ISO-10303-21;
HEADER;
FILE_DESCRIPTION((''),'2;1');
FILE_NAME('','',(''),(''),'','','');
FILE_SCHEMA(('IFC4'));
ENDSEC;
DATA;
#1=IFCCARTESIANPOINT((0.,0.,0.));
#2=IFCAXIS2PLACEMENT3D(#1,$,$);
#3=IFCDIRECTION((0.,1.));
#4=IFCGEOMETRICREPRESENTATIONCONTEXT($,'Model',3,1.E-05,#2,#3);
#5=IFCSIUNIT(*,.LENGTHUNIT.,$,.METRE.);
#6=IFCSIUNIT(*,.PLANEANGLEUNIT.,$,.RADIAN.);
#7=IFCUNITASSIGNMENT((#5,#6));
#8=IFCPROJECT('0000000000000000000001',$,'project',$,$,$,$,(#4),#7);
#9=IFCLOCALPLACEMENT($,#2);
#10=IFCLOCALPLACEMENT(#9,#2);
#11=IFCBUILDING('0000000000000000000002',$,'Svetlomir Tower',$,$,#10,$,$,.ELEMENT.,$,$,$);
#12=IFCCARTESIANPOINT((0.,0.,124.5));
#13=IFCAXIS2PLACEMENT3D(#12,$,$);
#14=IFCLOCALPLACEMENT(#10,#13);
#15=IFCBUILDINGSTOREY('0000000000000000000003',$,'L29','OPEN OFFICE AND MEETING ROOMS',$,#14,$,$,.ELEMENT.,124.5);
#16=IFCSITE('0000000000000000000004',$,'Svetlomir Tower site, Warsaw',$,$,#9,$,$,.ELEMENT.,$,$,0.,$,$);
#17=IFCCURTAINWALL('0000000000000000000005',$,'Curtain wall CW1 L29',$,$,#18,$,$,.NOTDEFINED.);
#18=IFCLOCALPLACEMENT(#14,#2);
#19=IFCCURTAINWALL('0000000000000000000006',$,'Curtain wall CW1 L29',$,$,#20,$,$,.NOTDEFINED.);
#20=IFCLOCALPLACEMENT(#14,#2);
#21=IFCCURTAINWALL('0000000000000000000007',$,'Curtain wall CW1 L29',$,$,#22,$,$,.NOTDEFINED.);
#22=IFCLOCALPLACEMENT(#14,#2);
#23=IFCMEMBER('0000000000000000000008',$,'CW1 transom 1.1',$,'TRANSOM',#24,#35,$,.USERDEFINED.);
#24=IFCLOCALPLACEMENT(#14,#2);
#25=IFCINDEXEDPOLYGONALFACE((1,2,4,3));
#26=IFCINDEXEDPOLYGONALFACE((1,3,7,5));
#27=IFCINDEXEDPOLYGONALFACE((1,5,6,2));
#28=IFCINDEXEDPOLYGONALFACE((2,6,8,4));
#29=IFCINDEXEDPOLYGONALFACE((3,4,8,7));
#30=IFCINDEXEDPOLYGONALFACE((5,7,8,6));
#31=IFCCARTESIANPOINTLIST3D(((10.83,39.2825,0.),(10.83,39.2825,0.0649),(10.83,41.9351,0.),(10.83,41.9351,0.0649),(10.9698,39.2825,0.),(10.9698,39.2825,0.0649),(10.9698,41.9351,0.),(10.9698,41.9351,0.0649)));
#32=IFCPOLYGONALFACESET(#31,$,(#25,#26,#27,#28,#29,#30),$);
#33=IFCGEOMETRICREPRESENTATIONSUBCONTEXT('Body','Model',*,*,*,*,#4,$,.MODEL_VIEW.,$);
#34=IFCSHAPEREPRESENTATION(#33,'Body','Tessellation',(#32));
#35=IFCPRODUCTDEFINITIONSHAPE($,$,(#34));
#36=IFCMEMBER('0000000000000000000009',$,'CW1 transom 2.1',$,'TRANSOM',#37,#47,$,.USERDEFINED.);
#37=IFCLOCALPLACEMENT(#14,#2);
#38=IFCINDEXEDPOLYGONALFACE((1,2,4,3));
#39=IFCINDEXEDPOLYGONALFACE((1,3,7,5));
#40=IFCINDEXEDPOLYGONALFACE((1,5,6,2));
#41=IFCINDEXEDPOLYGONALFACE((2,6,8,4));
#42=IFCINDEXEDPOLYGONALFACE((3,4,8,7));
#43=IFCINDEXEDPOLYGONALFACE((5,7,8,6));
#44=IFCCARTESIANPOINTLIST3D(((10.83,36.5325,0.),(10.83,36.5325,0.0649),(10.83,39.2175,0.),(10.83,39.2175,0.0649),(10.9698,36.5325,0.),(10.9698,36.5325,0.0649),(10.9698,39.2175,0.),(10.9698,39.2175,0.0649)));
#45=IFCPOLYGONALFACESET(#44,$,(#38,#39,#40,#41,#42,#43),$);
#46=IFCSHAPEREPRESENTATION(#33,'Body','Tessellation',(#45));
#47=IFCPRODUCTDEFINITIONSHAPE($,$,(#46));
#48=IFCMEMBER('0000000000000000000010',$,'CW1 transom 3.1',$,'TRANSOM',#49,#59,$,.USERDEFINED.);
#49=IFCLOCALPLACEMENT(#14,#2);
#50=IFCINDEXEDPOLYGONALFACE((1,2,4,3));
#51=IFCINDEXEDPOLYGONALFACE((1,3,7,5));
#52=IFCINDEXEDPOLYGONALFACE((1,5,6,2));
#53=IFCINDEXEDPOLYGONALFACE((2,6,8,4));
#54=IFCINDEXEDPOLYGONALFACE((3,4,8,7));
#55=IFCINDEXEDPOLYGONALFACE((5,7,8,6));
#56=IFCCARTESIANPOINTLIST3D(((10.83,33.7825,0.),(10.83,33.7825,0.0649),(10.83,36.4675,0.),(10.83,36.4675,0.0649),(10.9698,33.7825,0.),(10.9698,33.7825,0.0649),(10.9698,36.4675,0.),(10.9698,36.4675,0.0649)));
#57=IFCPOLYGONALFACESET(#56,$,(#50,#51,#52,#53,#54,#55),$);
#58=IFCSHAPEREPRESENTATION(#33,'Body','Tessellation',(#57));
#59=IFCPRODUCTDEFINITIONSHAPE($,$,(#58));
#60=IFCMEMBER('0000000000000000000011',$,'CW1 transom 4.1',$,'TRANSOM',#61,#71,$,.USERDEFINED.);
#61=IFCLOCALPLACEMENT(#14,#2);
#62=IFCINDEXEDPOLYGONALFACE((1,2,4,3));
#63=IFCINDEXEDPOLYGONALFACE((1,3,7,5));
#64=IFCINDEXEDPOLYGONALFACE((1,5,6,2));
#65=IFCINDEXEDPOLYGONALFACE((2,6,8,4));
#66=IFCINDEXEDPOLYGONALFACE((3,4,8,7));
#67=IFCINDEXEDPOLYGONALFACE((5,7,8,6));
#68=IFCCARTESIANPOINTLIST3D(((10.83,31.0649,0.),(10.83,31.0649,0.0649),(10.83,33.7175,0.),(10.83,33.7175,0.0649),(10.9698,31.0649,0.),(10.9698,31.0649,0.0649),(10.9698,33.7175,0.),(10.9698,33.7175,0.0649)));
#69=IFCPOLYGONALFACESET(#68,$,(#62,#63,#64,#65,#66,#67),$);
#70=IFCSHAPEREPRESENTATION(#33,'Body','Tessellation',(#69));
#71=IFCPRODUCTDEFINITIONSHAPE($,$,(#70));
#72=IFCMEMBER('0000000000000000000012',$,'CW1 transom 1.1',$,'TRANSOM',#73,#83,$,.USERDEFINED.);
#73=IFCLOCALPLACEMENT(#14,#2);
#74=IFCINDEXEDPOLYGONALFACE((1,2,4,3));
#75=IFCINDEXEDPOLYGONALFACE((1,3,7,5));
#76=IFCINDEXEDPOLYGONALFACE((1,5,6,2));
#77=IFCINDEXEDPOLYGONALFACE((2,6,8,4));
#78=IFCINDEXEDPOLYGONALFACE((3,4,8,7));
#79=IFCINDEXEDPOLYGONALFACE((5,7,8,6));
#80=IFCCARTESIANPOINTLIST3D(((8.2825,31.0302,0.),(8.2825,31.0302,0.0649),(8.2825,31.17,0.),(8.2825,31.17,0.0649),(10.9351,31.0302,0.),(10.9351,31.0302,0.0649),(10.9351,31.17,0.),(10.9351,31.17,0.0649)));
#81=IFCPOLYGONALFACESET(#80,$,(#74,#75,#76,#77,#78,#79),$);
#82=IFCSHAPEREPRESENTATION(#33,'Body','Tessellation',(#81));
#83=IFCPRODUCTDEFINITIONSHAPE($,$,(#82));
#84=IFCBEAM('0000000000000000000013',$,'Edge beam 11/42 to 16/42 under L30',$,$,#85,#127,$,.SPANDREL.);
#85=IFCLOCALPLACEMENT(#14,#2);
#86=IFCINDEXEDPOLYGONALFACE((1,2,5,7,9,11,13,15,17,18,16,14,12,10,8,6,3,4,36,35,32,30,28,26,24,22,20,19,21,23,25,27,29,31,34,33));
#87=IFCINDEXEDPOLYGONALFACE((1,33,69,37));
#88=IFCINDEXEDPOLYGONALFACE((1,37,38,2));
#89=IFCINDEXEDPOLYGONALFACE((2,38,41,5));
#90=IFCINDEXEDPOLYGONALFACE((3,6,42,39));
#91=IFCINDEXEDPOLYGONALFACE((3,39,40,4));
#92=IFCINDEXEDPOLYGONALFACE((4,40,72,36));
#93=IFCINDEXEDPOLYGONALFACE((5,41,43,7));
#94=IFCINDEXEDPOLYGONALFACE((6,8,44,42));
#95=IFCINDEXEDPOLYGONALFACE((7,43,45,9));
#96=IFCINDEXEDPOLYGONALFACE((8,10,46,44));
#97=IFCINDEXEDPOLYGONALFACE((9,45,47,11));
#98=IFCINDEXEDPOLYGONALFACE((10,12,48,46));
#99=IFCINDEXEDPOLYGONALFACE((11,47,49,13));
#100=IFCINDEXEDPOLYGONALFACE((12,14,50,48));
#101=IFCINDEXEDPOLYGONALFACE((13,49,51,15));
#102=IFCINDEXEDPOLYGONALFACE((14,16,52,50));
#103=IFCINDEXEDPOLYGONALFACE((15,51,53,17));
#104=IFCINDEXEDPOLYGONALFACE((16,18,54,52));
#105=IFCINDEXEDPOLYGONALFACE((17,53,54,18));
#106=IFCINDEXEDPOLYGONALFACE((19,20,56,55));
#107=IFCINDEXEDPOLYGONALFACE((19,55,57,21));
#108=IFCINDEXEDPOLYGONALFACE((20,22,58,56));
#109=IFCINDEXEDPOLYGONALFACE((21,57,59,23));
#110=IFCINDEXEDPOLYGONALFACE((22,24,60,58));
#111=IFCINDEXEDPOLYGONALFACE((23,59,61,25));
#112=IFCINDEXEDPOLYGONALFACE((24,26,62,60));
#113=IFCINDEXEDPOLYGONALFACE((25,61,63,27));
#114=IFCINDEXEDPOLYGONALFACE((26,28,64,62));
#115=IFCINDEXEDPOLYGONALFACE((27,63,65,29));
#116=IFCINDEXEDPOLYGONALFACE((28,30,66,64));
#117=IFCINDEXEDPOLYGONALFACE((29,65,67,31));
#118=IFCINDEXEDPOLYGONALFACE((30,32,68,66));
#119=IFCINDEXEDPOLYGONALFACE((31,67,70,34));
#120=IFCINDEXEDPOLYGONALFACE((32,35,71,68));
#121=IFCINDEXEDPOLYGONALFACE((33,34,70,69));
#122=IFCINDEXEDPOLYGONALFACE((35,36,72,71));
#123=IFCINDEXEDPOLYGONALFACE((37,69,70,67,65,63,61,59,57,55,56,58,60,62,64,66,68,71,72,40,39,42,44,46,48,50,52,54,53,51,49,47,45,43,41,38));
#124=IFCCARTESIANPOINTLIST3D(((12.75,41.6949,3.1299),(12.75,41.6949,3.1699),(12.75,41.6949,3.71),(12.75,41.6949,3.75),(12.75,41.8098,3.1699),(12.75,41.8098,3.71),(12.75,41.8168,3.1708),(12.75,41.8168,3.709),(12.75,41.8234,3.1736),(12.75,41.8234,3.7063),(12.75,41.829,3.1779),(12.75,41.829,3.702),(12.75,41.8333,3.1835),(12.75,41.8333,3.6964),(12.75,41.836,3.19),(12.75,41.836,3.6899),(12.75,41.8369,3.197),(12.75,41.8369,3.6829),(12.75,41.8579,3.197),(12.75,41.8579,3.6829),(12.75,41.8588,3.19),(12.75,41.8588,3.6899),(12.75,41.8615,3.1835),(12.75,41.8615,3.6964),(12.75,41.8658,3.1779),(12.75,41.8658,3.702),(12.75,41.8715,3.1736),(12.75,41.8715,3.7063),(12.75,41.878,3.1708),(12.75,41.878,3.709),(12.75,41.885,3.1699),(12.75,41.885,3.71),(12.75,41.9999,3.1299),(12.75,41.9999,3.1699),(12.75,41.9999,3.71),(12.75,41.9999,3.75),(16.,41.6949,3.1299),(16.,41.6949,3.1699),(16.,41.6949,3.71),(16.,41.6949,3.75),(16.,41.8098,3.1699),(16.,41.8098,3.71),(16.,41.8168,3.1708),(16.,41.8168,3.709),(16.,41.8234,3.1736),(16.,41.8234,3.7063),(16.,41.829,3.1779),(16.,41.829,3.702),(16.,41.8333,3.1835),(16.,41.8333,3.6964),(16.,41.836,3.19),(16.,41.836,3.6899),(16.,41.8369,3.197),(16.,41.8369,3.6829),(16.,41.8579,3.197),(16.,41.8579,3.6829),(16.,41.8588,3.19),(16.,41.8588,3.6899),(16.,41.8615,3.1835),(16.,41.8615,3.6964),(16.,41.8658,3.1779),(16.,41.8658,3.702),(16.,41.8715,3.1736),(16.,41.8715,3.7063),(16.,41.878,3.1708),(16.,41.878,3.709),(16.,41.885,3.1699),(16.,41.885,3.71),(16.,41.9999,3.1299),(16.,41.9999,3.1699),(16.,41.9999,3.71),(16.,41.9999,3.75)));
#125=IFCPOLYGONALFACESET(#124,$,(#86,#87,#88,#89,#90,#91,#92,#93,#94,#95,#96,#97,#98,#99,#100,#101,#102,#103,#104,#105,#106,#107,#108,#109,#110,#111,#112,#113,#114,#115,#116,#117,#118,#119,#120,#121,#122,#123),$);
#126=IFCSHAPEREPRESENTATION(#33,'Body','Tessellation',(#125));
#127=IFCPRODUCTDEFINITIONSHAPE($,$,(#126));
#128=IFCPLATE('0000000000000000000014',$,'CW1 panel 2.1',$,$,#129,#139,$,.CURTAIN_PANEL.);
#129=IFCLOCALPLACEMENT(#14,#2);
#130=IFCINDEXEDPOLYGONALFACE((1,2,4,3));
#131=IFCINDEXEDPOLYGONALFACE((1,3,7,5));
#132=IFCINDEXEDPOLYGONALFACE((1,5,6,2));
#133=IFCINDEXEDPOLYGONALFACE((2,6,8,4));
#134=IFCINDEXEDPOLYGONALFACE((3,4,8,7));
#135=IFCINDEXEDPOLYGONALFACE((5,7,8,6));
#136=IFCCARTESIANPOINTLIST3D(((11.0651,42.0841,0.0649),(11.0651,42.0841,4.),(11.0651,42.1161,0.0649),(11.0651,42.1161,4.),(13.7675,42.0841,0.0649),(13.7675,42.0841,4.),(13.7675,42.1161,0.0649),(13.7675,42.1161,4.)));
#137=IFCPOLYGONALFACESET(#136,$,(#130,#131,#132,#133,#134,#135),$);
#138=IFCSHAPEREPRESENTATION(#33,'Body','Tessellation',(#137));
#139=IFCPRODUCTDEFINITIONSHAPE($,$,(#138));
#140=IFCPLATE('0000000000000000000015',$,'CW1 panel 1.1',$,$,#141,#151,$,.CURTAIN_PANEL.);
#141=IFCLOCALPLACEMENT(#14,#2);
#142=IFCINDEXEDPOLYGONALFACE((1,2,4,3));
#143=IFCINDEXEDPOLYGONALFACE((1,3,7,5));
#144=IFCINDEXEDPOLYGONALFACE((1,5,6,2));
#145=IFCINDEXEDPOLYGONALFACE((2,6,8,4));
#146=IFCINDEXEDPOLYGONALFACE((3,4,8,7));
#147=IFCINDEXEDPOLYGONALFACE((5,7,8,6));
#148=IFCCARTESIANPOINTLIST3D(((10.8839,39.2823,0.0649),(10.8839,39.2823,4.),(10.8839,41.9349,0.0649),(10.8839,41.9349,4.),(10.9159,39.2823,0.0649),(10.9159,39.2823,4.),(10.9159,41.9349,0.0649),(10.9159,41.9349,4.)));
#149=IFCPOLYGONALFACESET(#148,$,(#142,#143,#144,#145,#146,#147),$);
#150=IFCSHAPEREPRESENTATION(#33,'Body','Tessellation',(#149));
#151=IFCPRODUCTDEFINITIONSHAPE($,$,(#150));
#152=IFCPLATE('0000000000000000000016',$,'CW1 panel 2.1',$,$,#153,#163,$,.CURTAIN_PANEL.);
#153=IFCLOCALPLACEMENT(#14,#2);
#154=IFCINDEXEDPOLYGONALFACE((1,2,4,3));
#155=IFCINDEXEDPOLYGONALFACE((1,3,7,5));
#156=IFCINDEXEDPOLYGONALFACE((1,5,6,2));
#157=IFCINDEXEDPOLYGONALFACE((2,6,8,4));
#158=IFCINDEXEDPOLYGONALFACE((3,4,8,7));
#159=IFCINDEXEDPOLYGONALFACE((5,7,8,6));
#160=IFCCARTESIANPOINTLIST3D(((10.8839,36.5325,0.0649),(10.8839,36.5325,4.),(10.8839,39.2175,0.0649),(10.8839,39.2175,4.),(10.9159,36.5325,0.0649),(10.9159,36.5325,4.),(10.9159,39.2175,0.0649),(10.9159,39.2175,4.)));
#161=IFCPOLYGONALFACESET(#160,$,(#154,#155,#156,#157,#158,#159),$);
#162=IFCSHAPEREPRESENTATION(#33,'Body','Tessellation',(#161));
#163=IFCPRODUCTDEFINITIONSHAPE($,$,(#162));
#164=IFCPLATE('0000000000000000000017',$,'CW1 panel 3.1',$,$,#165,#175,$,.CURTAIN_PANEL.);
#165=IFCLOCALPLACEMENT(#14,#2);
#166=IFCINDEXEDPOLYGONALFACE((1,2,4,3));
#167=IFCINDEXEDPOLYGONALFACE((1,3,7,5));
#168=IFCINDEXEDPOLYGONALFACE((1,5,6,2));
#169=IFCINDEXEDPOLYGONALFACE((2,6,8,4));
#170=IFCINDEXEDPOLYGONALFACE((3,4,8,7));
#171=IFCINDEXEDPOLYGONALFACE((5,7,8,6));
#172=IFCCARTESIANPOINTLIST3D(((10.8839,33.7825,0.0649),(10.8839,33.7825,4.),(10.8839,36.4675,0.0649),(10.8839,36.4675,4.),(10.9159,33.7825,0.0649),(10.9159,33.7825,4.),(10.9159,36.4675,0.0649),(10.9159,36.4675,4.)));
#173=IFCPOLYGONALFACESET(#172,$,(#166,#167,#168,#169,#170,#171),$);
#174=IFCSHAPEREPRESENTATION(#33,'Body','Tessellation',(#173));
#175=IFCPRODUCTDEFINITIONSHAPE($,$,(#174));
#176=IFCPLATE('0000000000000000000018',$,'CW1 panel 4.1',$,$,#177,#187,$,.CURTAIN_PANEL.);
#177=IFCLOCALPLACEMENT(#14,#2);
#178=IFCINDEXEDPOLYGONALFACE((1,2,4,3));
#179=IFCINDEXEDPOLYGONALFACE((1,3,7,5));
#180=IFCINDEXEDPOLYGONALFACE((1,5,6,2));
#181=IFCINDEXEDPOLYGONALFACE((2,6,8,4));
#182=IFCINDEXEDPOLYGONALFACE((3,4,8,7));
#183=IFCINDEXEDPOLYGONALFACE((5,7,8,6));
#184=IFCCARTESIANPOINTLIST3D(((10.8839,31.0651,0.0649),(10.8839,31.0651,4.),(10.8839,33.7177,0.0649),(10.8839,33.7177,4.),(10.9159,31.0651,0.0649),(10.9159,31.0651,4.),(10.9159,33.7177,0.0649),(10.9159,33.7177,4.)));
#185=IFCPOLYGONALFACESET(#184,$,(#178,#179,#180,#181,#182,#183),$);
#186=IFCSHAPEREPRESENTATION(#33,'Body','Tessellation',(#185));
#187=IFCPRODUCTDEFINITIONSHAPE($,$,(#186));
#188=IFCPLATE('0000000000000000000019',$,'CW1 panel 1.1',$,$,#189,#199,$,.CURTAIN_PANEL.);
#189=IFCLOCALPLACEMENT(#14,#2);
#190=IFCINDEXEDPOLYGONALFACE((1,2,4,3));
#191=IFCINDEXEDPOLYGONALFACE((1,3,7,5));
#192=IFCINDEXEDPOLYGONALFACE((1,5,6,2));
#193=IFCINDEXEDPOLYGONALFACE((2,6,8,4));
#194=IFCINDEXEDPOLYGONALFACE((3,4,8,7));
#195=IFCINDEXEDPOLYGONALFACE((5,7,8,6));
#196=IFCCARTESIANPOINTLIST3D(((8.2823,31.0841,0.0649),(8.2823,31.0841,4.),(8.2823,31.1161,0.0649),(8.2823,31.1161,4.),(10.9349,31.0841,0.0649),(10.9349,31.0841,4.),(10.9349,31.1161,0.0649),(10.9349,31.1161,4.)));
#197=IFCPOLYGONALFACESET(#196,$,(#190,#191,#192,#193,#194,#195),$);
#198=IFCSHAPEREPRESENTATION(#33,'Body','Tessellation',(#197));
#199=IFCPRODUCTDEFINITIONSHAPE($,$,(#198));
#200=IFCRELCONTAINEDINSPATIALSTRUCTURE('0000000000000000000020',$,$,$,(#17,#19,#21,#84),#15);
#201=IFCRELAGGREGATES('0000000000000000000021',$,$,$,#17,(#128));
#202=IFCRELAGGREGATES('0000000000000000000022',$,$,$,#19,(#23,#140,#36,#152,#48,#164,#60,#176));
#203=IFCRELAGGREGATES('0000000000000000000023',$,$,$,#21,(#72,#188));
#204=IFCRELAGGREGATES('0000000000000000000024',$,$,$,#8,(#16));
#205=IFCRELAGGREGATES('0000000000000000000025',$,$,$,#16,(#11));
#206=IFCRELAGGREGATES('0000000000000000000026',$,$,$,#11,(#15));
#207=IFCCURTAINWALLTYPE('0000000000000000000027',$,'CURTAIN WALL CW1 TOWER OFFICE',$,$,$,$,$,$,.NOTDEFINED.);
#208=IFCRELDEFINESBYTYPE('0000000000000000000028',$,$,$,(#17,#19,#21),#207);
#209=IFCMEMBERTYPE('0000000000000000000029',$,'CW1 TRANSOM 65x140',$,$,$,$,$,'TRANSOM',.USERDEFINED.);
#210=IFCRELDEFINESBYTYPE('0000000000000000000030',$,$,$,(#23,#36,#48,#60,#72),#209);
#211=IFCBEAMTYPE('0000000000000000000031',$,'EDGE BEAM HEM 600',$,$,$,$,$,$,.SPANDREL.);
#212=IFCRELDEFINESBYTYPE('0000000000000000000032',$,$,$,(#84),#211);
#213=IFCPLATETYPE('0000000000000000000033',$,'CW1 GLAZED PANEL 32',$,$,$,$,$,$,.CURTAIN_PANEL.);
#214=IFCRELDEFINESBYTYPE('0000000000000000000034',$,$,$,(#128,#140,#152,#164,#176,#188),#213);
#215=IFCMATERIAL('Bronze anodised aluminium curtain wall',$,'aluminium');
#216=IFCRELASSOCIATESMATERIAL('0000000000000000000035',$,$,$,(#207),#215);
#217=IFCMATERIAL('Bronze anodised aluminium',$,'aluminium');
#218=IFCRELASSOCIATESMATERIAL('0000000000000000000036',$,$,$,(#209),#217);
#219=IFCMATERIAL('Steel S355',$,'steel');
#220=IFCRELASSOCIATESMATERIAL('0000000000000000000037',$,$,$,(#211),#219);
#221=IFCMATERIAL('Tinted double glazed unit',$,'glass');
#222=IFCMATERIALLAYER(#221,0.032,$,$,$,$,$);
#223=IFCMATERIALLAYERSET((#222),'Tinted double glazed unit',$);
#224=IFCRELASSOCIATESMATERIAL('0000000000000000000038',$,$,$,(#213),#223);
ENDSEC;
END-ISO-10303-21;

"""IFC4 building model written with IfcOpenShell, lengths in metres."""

from ifc_helpers import new_model, si_unit, direction, frame, origin, origin_2d, place, context, subcontext, project, spatial, rectangle, i_section, extrude, material, layer, layer_set, material_profile, profile_set, type_object, element, aggregate, save


model = new_model("IFC4")

# Units and contexts
model_context = context("Model", 3, precision=1e-05, world=origin(), true_north=direction((0.0, 1.0)))
body_context = subcontext(model_context, "Body", "Model", "MODEL_VIEW")
ifc_project = project(units=[si_unit("LENGTHUNIT", "METRE"), si_unit("PLANEANGLEUNIT", "RADIAN")], contexts=[model_context])

# Site, building, storey
site_placement = place(None, origin())
site = spatial("IfcSite", under=ifc_project, at=site_placement, Name="Svetlomir Tower site, Warsaw", CompositionType="ELEMENT", RefElevation=0.0)
building_placement = place(site_placement, origin())
building = spatial("IfcBuilding", under=site, at=building_placement, Name="Svetlomir Tower", CompositionType="ELEMENT")
storey_placement = place(building_placement, frame((0.0, 0.0, 124.5)))
storey = spatial("IfcBuildingStorey", under=building, at=storey_placement, Name="L29", Description="OPEN OFFICE AND MEETING ROOMS", CompositionType="ELEMENT", Elevation=124.5)

# Curtain wall
ifc_material_1 = material(Name="Bronze anodised aluminium curtain wall", Category="aluminium")
curtain_wall_type = type_object("IfcCurtainWallType", Name="CURTAIN WALL CW1 TOWER OFFICE", PredefinedType="NOTDEFINED", material=ifc_material_1)
curtain_wall_1_placement = place(storey_placement, origin())
curtain_wall_1 = element("IfcCurtainWall", 1, at=curtain_wall_1_placement, inside=storey, type_object=curtain_wall_type, Name="Curtain wall CW1 L29", PredefinedType="NOTDEFINED")

# Curtain walls
curtain_wall_2_placement = place(storey_placement, origin())
curtain_wall_2 = element("IfcCurtainWall", 2, at=curtain_wall_2_placement, inside=storey, type_object=curtain_wall_type, Name="Curtain wall CW1 L29", PredefinedType="NOTDEFINED")
curtain_wall_3_placement = place(storey_placement, origin())
curtain_wall_3 = element("IfcCurtainWall", 3, at=curtain_wall_3_placement, inside=storey, type_object=curtain_wall_type, Name="Curtain wall CW1 L29", PredefinedType="NOTDEFINED")

# Members
ifc_material_2 = material(Name="Bronze anodised aluminium", Category="aluminium")
ifc_material_profile_1 = material_profile(ifc_material_2, rectangle(XDim=0.1399, YDim=0.0649, at=origin_2d()), Name="AL 140x65")
ifc_profile_set_1 = profile_set([ifc_material_profile_1], Name="Bronze anodised aluminium 6063-T6")
member_type_1 = type_object("IfcMemberType", Name="CW1 TRANSOM 65x140", ElementType="TRANSOM", PredefinedType="USERDEFINED", material=ifc_profile_set_1)
member_1_placement = place(storey_placement, frame((10.8999, 41.9351, 0.0325), z_axis=(0.0, -1.0, 0.0), x_axis=(1.0, 0.0, 0.0)))
member_1 = element("IfcMember", 4, at=member_1_placement, type_object=member_type_1, Name="CW1 transom 1.1", ObjectType="TRANSOM", PredefinedType="USERDEFINED", context=body_context, shape_type="SweptSolid", body=[
    extrude(rectangle(XDim=0.1399, YDim=0.0649, at=origin_2d()), origin(), (0.0, 0.0, 1.0), 2.6526),
])
member_2_placement = place(storey_placement, frame((10.8999, 39.2175, 0.0325), z_axis=(0.0, -1.0, 0.0), x_axis=(1.0, 0.0, 0.0)))
member_2 = element("IfcMember", 5, at=member_2_placement, type_object=member_type_1, Name="CW1 transom 2.1", ObjectType="TRANSOM", PredefinedType="USERDEFINED", context=body_context, shape_type="SweptSolid", body=[
    extrude(rectangle(XDim=0.1399, YDim=0.0649, at=origin_2d()), origin(), (0.0, 0.0, 1.0), 2.6851),
])
member_3_placement = place(storey_placement, frame((10.8999, 36.4675, 0.0325), z_axis=(0.0, -1.0, 0.0), x_axis=(1.0, 0.0, 0.0)))
member_3 = element("IfcMember", 6, at=member_3_placement, type_object=member_type_1, Name="CW1 transom 3.1", ObjectType="TRANSOM", PredefinedType="USERDEFINED", context=body_context, shape_type="SweptSolid", body=[
    extrude(rectangle(XDim=0.1399, YDim=0.0649, at=origin_2d()), origin(), (0.0, 0.0, 1.0), 2.6851),
])
member_4_placement = place(storey_placement, frame((10.8999, 33.7175, 0.0325), z_axis=(0.0, -1.0, 0.0), x_axis=(1.0, 0.0, 0.0)))
member_4 = element("IfcMember", 7, at=member_4_placement, type_object=member_type_1, Name="CW1 transom 4.1", ObjectType="TRANSOM", PredefinedType="USERDEFINED", context=body_context, shape_type="SweptSolid", body=[
    extrude(rectangle(XDim=0.1399, YDim=0.0649, at=origin_2d()), origin(), (0.0, 0.0, 1.0), 2.6526),
])
member_5_placement = place(storey_placement, frame((10.9351, 31.1001, 0.0325), z_axis=(-1.0, 0.0, 0.0), x_axis=(0.0, -1.0, 0.0)))
member_5 = element("IfcMember", 8, at=member_5_placement, type_object=member_type_1, Name="CW1 transom 1.1", ObjectType="TRANSOM", PredefinedType="USERDEFINED", context=body_context, shape_type="SweptSolid", body=[
    extrude(rectangle(XDim=0.1399, YDim=0.0649, at=origin_2d()), origin(), (0.0, 0.0, 1.0), 2.6526),
])

# Beam
ifc_material_3 = material(Name="Steel S355", Category="steel")
ifc_material_profile_2 = material_profile(ifc_material_3, i_section(OverallWidth=0.3049, OverallDepth=0.6201, WebThickness=0.021, FlangeThickness=0.04, FilletRadius=0.0271, at=origin_2d()), Name="HEM 600")
ifc_profile_set_2 = profile_set([ifc_material_profile_2], Name="Steel S355")
beam_type = type_object("IfcBeamType", Name="EDGE BEAM HEM 600", PredefinedType="SPANDREL", material=ifc_profile_set_2)
beam_placement = place(storey_placement, frame((12.75, 41.8474, 3.4399), z_axis=(1.0, 0.0, 0.0), x_axis=(0.0, 1.0, 0.0)))
element("IfcBeam", 9, at=beam_placement, inside=storey, type_object=beam_type, Name="Edge beam 11/42 to 16/42 under L30", PredefinedType="SPANDREL", context=body_context, shape_type="SweptSolid", body=[
    extrude(i_section(OverallWidth=0.3049, OverallDepth=0.6201, WebThickness=0.021, FlangeThickness=0.04, FilletRadius=0.0271, at=origin_2d()), origin(), (0.0, 0.0, 1.0), 3.25),
])

# Plates
ifc_material_4 = material(Name="Tinted double glazed unit", Category="glass")
ifc_layer_1 = layer(ifc_material_4, 0.032)
ifc_layer_set_1 = layer_set([ifc_layer_1], Name="Tinted double glazed unit")
plate_type = type_object("IfcPlateType", Name="CW1 GLAZED PANEL 32", PredefinedType="CURTAIN_PANEL", material=ifc_layer_set_1)
plate_1_placement = place(storey_placement, frame((12.4163, 42.1001, 0.0649), z_axis=(0.0, 0.0, 1.0), x_axis=(-1.0, 0.0, 0.0)))
plate_1 = element("IfcPlate", 10, at=plate_1_placement, type_object=plate_type, Name="CW1 panel 2.1", PredefinedType="CURTAIN_PANEL", context=body_context, shape_type="SweptSolid", body=[
    extrude(rectangle(XDim=2.7024, YDim=0.032, at=origin_2d()), origin(), (0.0, 0.0, 1.0), 3.9351),
])
aggregate(curtain_wall_1, [plate_1])
plate_2_placement = place(storey_placement, frame((10.8999, 40.6086, 0.0649), z_axis=(0.0, 0.0, 1.0), x_axis=(0.0, -1.0, 0.0)))
plate_2 = element("IfcPlate", 11, at=plate_2_placement, type_object=plate_type, Name="CW1 panel 1.1", PredefinedType="CURTAIN_PANEL", context=body_context, shape_type="SweptSolid", body=[
    extrude(rectangle(XDim=2.6526, YDim=0.032, at=origin_2d()), origin(), (0.0, 0.0, 1.0), 3.9351),
])
plate_3_placement = place(storey_placement, frame((10.8999, 37.875, 0.0649), z_axis=(0.0, 0.0, 1.0), x_axis=(0.0, -1.0, 0.0)))
plate_3 = element("IfcPlate", 12, at=plate_3_placement, type_object=plate_type, Name="CW1 panel 2.1", PredefinedType="CURTAIN_PANEL", context=body_context, shape_type="SweptSolid", body=[
    extrude(rectangle(XDim=2.6851, YDim=0.032, at=origin_2d()), origin(), (0.0, 0.0, 1.0), 3.9351),
])
plate_4_placement = place(storey_placement, frame((10.8999, 35.125, 0.0649), z_axis=(0.0, 0.0, 1.0), x_axis=(0.0, -1.0, 0.0)))
plate_4 = element("IfcPlate", 13, at=plate_4_placement, type_object=plate_type, Name="CW1 panel 3.1", PredefinedType="CURTAIN_PANEL", context=body_context, shape_type="SweptSolid", body=[
    extrude(rectangle(XDim=2.6851, YDim=0.032, at=origin_2d()), origin(), (0.0, 0.0, 1.0), 3.9351),
])
plate_5_placement = place(storey_placement, frame((10.8999, 32.3914, 0.0649), z_axis=(0.0, 0.0, 1.0), x_axis=(0.0, -1.0, 0.0)))
plate_5 = element("IfcPlate", 14, at=plate_5_placement, type_object=plate_type, Name="CW1 panel 4.1", PredefinedType="CURTAIN_PANEL", context=body_context, shape_type="SweptSolid", body=[
    extrude(rectangle(XDim=2.6526, YDim=0.032, at=origin_2d()), origin(), (0.0, 0.0, 1.0), 3.9351),
])
aggregate(curtain_wall_2, [member_1, plate_2, member_2, plate_3, member_3, plate_4, member_4, plate_5])
plate_6_placement = place(storey_placement, frame((9.6086, 31.1001, 0.0649), z_axis=(0.0, 0.0, 1.0), x_axis=(-1.0, 0.0, 0.0)))
plate_6 = element("IfcPlate", 15, at=plate_6_placement, type_object=plate_type, Name="CW1 panel 1.1", PredefinedType="CURTAIN_PANEL", context=body_context, shape_type="SweptSolid", body=[
    extrude(rectangle(XDim=2.6526, YDim=0.032, at=origin_2d()), origin(), (0.0, 0.0, 1.0), 3.9351),
])
aggregate(curtain_wall_3, [member_5, plate_6])

save(model, "model.ifc")
